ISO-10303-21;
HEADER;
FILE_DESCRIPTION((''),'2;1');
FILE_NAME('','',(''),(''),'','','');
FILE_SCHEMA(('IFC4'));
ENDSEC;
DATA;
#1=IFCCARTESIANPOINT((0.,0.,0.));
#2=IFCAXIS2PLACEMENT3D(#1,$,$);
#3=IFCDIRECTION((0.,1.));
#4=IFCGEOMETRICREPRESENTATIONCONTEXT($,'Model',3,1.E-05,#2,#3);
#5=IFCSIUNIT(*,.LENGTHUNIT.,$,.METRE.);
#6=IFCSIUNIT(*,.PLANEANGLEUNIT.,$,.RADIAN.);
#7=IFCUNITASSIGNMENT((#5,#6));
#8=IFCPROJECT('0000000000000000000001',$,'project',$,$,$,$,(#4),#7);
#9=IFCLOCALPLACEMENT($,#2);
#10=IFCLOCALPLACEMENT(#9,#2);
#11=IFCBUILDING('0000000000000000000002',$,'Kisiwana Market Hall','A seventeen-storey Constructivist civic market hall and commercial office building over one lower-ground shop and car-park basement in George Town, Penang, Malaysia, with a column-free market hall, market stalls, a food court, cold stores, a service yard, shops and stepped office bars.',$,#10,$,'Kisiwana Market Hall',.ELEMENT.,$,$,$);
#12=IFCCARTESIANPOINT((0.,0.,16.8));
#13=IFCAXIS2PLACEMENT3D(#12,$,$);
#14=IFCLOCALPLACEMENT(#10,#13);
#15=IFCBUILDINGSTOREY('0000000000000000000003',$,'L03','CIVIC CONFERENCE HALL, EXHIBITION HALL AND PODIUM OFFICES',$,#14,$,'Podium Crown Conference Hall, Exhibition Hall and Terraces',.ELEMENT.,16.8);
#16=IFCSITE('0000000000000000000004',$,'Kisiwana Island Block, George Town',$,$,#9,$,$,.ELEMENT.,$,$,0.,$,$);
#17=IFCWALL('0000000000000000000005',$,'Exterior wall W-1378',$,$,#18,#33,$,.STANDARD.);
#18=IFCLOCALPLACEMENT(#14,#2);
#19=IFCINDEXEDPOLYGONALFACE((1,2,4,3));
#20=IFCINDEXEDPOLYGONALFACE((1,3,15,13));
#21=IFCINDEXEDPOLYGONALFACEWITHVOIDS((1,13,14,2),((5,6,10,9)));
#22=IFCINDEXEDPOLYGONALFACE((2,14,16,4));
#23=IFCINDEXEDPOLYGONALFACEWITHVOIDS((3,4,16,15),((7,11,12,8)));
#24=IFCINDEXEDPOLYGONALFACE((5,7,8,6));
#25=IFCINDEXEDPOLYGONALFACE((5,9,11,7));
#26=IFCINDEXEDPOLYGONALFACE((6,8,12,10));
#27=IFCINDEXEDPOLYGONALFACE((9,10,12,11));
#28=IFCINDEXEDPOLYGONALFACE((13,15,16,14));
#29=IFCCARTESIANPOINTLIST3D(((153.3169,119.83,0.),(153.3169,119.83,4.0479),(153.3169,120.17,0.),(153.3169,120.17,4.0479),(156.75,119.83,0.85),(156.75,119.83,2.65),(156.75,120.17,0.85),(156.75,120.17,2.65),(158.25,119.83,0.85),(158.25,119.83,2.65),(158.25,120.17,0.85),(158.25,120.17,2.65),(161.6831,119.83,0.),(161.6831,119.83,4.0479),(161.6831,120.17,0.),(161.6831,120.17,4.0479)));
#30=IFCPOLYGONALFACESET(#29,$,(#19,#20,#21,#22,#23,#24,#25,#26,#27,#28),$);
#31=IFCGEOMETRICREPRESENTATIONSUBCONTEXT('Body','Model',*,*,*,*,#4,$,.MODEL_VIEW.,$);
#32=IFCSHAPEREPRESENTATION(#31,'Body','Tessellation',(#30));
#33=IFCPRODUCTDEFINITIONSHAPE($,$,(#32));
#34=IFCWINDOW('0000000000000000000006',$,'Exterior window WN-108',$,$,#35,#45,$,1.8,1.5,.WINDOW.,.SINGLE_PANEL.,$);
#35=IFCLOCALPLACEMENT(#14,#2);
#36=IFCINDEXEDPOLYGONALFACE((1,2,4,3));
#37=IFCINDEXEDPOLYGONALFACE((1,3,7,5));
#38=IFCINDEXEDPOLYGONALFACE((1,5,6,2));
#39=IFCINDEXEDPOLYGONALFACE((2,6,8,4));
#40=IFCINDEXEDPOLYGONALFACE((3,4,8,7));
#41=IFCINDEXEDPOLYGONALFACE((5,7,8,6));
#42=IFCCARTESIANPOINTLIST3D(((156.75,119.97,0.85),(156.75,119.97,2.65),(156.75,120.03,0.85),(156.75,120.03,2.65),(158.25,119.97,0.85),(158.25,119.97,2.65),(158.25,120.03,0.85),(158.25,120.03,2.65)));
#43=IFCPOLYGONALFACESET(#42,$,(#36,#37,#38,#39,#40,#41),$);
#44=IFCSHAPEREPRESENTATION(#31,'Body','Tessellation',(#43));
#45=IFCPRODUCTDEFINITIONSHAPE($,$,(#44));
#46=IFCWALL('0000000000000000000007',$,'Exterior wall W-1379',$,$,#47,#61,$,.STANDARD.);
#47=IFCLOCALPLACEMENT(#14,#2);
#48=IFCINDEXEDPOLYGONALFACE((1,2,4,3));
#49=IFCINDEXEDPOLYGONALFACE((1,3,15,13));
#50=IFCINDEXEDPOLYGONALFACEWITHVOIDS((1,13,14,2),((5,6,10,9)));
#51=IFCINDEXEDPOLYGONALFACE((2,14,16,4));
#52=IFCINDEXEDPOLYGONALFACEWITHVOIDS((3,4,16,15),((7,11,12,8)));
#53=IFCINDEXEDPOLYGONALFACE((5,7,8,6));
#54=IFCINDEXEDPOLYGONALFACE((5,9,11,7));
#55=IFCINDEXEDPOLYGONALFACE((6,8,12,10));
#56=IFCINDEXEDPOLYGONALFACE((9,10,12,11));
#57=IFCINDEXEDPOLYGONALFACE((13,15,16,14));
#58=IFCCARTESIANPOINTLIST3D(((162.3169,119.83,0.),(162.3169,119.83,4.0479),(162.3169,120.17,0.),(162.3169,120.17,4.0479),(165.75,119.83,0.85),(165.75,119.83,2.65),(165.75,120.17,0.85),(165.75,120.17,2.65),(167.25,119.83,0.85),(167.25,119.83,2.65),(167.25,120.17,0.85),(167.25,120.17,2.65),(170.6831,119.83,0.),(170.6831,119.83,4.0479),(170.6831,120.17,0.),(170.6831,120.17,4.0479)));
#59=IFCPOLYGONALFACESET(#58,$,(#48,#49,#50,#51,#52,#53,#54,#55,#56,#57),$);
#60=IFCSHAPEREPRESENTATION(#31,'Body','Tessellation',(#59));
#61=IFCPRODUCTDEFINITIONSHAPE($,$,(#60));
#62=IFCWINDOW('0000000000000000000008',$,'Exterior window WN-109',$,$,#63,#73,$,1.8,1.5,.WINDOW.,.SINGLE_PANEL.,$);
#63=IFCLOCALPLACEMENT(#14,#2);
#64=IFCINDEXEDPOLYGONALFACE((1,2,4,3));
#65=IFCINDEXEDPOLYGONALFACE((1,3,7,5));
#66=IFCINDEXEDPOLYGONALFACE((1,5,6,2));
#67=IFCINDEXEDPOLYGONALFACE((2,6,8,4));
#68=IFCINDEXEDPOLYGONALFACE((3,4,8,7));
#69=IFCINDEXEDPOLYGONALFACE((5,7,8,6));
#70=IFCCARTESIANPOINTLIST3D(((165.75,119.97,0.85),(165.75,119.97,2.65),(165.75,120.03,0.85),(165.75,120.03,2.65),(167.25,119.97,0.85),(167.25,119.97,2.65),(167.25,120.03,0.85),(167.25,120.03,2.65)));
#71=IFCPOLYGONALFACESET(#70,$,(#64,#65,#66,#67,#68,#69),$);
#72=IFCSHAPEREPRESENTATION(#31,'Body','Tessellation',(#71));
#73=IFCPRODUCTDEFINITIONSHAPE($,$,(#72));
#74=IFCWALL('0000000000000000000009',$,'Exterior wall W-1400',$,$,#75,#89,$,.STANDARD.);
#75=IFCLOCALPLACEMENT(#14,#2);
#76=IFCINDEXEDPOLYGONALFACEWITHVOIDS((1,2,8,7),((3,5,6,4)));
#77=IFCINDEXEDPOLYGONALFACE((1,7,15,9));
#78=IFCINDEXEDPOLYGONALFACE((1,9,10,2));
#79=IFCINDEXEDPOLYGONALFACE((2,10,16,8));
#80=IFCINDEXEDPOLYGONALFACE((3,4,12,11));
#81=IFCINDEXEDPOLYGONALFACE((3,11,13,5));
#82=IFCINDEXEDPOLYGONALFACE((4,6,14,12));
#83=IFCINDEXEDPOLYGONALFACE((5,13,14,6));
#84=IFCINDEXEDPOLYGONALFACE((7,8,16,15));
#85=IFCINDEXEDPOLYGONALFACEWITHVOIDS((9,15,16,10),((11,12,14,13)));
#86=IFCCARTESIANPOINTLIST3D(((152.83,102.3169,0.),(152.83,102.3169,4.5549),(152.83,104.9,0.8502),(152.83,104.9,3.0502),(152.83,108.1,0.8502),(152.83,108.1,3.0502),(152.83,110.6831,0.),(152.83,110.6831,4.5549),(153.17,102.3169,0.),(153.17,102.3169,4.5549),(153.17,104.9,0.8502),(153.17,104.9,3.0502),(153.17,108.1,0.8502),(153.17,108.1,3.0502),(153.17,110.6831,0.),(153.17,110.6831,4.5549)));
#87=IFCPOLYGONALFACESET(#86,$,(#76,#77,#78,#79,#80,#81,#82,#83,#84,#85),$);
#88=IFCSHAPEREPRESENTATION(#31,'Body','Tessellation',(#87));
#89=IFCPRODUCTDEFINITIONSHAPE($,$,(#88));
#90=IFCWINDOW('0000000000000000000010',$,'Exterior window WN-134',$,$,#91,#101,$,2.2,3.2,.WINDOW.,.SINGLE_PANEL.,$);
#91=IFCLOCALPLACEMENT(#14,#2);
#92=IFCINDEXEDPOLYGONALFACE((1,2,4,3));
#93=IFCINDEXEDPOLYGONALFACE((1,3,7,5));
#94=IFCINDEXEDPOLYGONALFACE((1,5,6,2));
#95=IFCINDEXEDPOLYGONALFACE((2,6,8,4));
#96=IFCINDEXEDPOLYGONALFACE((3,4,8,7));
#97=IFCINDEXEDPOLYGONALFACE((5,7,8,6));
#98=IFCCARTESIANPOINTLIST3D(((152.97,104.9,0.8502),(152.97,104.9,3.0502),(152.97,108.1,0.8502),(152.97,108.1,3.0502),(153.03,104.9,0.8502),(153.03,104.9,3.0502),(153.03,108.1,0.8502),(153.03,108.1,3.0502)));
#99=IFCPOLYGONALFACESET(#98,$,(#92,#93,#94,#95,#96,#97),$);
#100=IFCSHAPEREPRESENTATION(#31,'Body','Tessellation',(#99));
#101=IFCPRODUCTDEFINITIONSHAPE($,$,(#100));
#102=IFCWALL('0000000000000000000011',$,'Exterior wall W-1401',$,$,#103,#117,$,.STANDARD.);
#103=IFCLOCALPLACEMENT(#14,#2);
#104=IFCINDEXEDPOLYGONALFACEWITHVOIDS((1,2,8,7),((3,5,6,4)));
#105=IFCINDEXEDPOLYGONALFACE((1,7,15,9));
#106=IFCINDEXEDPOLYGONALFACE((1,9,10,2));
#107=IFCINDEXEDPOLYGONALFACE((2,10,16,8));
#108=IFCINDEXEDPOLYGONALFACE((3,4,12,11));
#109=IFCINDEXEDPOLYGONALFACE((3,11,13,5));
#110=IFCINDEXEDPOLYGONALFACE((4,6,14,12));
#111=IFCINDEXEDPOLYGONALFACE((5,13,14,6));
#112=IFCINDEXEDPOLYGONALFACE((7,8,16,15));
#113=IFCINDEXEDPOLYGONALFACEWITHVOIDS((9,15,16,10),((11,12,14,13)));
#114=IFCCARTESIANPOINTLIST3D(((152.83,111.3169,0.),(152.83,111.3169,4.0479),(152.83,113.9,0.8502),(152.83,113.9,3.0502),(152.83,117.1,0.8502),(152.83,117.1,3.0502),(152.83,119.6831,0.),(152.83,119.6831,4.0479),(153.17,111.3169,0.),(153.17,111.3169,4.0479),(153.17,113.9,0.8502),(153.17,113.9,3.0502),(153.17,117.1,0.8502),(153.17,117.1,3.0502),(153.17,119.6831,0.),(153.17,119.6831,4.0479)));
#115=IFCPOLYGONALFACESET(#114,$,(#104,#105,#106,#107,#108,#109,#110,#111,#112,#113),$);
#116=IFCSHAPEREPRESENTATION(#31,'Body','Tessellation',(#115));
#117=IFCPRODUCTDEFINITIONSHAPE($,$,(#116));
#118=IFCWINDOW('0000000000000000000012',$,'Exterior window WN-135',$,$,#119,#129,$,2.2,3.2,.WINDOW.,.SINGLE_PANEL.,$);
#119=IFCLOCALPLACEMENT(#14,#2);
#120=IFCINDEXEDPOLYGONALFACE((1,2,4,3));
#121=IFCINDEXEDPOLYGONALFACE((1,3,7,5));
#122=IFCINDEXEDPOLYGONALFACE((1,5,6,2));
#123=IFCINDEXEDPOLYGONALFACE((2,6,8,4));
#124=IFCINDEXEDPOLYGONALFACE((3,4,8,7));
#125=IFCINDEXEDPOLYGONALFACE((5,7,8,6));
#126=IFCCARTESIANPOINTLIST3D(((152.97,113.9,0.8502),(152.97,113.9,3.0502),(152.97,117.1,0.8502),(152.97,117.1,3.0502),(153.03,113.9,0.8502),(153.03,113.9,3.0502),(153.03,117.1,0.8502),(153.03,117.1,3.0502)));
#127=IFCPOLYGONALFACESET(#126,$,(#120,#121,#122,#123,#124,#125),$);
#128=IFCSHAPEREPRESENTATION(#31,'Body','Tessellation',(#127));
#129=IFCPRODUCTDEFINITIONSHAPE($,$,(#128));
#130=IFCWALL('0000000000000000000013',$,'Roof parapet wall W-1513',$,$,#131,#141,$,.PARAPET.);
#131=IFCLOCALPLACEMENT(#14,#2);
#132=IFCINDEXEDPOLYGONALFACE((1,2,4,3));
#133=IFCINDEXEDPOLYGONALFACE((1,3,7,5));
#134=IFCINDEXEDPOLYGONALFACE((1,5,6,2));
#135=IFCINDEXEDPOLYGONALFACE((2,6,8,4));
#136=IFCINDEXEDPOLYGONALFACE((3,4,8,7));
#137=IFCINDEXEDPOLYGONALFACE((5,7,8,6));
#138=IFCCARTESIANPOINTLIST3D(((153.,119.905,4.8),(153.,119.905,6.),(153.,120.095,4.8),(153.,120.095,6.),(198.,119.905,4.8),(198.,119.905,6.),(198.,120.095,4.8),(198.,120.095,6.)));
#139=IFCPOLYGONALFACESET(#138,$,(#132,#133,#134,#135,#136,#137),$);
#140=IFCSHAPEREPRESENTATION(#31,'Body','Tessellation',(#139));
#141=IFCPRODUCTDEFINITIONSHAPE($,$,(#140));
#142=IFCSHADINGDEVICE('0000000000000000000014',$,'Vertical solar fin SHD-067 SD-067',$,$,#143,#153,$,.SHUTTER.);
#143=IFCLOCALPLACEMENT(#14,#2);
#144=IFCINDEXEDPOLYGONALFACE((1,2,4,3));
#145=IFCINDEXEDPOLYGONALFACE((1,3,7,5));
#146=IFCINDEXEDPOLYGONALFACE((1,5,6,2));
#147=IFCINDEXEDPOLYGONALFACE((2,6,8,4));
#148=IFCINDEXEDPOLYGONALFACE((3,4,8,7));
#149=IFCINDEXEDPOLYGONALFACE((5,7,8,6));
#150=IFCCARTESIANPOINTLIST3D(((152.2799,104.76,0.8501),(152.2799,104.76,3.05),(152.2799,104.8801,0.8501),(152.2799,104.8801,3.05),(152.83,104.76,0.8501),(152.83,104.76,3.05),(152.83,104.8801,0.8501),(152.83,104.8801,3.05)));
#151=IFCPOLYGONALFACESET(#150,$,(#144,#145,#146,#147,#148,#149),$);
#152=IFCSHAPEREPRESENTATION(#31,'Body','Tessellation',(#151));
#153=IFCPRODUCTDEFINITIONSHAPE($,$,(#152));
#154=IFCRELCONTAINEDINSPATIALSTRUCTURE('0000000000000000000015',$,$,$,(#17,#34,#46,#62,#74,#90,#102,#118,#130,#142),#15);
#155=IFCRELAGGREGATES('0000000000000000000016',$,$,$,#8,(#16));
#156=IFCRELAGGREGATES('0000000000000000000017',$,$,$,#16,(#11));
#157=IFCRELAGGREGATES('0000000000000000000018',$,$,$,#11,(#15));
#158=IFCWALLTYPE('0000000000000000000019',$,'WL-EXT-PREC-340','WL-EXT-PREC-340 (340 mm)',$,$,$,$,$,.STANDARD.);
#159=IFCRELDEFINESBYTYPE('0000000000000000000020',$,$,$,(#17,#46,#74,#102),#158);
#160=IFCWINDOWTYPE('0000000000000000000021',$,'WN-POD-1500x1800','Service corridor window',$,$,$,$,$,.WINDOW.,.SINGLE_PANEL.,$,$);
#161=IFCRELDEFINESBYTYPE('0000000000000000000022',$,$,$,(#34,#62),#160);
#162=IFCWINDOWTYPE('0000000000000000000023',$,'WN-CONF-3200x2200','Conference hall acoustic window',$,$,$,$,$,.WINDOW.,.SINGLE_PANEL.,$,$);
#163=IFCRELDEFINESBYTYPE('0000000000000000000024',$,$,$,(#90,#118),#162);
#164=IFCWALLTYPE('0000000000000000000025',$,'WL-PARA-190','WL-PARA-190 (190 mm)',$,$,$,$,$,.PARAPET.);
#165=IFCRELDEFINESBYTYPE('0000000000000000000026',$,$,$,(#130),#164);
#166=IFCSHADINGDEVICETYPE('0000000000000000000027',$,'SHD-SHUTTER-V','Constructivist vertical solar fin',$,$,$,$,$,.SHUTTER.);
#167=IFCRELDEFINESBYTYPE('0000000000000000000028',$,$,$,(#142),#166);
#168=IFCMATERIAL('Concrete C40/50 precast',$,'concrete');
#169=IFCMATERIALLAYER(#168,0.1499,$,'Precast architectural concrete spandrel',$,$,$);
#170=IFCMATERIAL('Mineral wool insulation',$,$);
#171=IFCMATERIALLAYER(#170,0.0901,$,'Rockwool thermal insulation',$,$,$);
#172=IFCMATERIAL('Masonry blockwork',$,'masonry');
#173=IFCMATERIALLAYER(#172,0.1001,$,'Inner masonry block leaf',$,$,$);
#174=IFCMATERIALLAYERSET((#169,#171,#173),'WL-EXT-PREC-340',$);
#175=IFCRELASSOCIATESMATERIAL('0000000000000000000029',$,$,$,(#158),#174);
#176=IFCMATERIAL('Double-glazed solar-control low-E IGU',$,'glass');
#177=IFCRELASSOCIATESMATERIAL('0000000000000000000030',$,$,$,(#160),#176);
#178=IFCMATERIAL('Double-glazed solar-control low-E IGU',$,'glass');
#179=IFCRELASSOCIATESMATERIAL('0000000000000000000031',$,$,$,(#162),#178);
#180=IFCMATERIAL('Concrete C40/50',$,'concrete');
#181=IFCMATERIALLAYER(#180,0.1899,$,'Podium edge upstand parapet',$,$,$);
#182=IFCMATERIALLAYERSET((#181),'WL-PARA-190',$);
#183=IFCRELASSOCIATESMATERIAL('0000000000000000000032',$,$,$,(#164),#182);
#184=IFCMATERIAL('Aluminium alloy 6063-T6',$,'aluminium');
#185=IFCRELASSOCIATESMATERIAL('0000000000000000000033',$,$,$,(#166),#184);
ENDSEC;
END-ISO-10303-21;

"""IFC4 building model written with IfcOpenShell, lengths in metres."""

from ifc_helpers import new_model, si_unit, direction, frame, frame_2d, origin, origin_2d, place, context, subcontext, project, spatial, rectangle, extrude, material, layer, layer_set, type_object, element, fill, save


model = new_model("IFC4")

# Units and contexts
model_context = context("Model", 3, precision=1e-05, world=origin(), true_north=direction((0.0, 1.0)))
body_context = subcontext(model_context, "Body", "Model", "MODEL_VIEW")
ifc_project = project(units=[si_unit("LENGTHUNIT", "METRE"), si_unit("PLANEANGLEUNIT", "RADIAN")], contexts=[model_context])

# Site, building, storey
site_placement = place(None, origin())
site = spatial("IfcSite", under=ifc_project, at=site_placement, Name="Kisiwana Island Block, George Town", CompositionType="ELEMENT", RefElevation=0.0)
building_placement = place(site_placement, origin())
building = spatial("IfcBuilding", under=site, at=building_placement, Name="Kisiwana Market Hall", Description="A seventeen-storey Constructivist civic market hall and commercial office building over one lower-ground shop and car-park basement in George Town, Penang, Malaysia, with a column-free market hall, market stalls, a food court, cold stores, a service yard, shops and stepped office bars.", LongName="Kisiwana Market Hall", CompositionType="ELEMENT")
storey_placement = place(building_placement, frame((0.0, 0.0, 16.8)))
storey = spatial("IfcBuildingStorey", under=building, at=storey_placement, Name="L03", Description="CIVIC CONFERENCE HALL, EXHIBITION HALL AND PODIUM OFFICES", LongName="Podium Crown Conference Hall, Exhibition Hall and Terraces", CompositionType="ELEMENT", Elevation=16.8)

# Walls, openings, windows
ifc_material_1 = material(Name="Concrete C40/50 precast", Category="concrete")
ifc_layer_1 = layer(ifc_material_1, 0.1499, Name="Precast architectural concrete spandrel")
ifc_material_2 = material(Name="Mineral wool insulation")
ifc_layer_2 = layer(ifc_material_2, 0.0901, Name="Rockwool thermal insulation")
ifc_material_3 = material(Name="Masonry blockwork", Category="masonry")
ifc_layer_3 = layer(ifc_material_3, 0.1001, Name="Inner masonry block leaf")
ifc_layer_set_1 = layer_set([ifc_layer_1, ifc_layer_2, ifc_layer_3], Name="WL-EXT-PREC-340")
wall_type_1 = type_object("IfcWallType", Name="WL-EXT-PREC-340", Description="WL-EXT-PREC-340 (340 mm)", PredefinedType="STANDARD", material=ifc_layer_set_1)
wall_1_placement = place(storey_placement, frame((153.3169, 120.0, 0.0), z_axis=(0.0, 0.0, 1.0), x_axis=(1.0, 0.0, 0.0)))
wall_1 = element("IfcWall", 1, at=wall_1_placement, inside=storey, type_object=wall_type_1, Name="Exterior wall W-1378", PredefinedType="STANDARD", context=body_context, shape_type="SweptSolid", body=[
    extrude(rectangle(XDim=8.3662, YDim=0.3401, at=frame_2d((4.1831, 0.0))), origin(), (0.0, 0.0, 1.0), 4.0479),
])
opening_1_placement = place(wall_1_placement, frame((3.4331, 0.0, 0.8501)))
opening_1 = element("IfcOpeningElement", 2, at=opening_1_placement, cuts=wall_1, PredefinedType="OPENING", context=body_context, shape_type="SweptSolid", body=[
    extrude(rectangle(XDim=1.5, YDim=1.8, at=frame_2d((0.75, 0.8999))), frame((0.0, 0.1821, 0.0), z_axis=(0.0, -1.0, 0.0), x_axis=(1.0, 0.0, 0.0)), (0.0, 0.0, 1.0), 0.364),
])
ifc_material_4 = material(Name="Double-glazed solar-control low-E IGU", Category="glass")
window_type_1 = type_object("IfcWindowType", Name="WN-POD-1500x1800", Description="Service corridor window", PartitioningType="SINGLE_PANEL", PredefinedType="WINDOW", material=ifc_material_4)
window_1_placement = place(opening_1_placement, origin())
window_1 = element("IfcWindow", 3, at=window_1_placement, inside=storey, type_object=window_type_1, Name="Exterior window WN-108", OverallHeight=1.8, OverallWidth=1.5, PartitioningType="SINGLE_PANEL", PredefinedType="WINDOW", context=body_context, shape_type="SweptSolid", body=[
    extrude(rectangle(XDim=1.5, YDim=1.8, at=frame_2d((0.75, 0.8999))), frame((0.0, 0.03, 0.0), z_axis=(0.0, -1.0, 0.0), x_axis=(1.0, 0.0, 0.0)), (0.0, 0.0, 1.0), 0.0601),
])
fill(opening_1, window_1)
wall_2_placement = place(storey_placement, frame((162.3169, 120.0, 0.0), z_axis=(0.0, 0.0, 1.0), x_axis=(1.0, 0.0, 0.0)))
wall_2 = element("IfcWall", 4, at=wall_2_placement, inside=storey, type_object=wall_type_1, Name="Exterior wall W-1379", PredefinedType="STANDARD", context=body_context, shape_type="SweptSolid", body=[
    extrude(rectangle(XDim=8.3662, YDim=0.3401, at=frame_2d((4.1831, 0.0))), origin(), (0.0, 0.0, 1.0), 4.0479),
])
opening_2_placement = place(wall_2_placement, frame((3.4331, 0.0, 0.8501)))
opening_2 = element("IfcOpeningElement", 5, at=opening_2_placement, cuts=wall_2, PredefinedType="OPENING", context=body_context, shape_type="SweptSolid", body=[
    extrude(rectangle(XDim=1.5, YDim=1.8, at=frame_2d((0.75, 0.8999))), frame((0.0, 0.1821, 0.0), z_axis=(0.0, -1.0, 0.0), x_axis=(1.0, 0.0, 0.0)), (0.0, 0.0, 1.0), 0.364),
])
window_2_placement = place(opening_2_placement, origin())
window_2 = element("IfcWindow", 6, at=window_2_placement, inside=storey, type_object=window_type_1, Name="Exterior window WN-109", OverallHeight=1.8, OverallWidth=1.5, PartitioningType="SINGLE_PANEL", PredefinedType="WINDOW", context=body_context, shape_type="SweptSolid", body=[
    extrude(rectangle(XDim=1.5, YDim=1.8, at=frame_2d((0.75, 0.8999))), frame((0.0, 0.03, 0.0), z_axis=(0.0, -1.0, 0.0), x_axis=(1.0, 0.0, 0.0)), (0.0, 0.0, 1.0), 0.0601),
])
fill(opening_2, window_2)
wall_3_placement = place(storey_placement, frame((153.0, 102.3169, 0.0), z_axis=(0.0, 0.0, 1.0), x_axis=(0.0, 1.0, 0.0)))
wall_3 = element("IfcWall", 7, at=wall_3_placement, inside=storey, type_object=wall_type_1, Name="Exterior wall W-1400", PredefinedType="STANDARD", context=body_context, shape_type="SweptSolid", body=[
    extrude(rectangle(XDim=8.3662, YDim=0.3401, at=frame_2d((4.1831, 0.0))), origin(), (0.0, 0.0, 1.0), 4.5549),
])
opening_3_placement = place(wall_3_placement, frame((2.583, 0.0, 0.8501)))
opening_3 = element("IfcOpeningElement", 8, at=opening_3_placement, cuts=wall_3, PredefinedType="OPENING", context=body_context, shape_type="SweptSolid", body=[
    extrude(rectangle(XDim=3.2, YDim=2.2, at=frame_2d((1.6001, 1.1001))), frame((0.0, 0.1821, 0.0), z_axis=(0.0, -1.0, 0.0), x_axis=(1.0, 0.0, 0.0)), (0.0, 0.0, 1.0), 0.364),
])
ifc_material_5 = material(Name="Double-glazed solar-control low-E IGU", Category="glass")
window_type_2 = type_object("IfcWindowType", Name="WN-CONF-3200x2200", Description="Conference hall acoustic window", PartitioningType="SINGLE_PANEL", PredefinedType="WINDOW", material=ifc_material_5)
window_3_placement = place(opening_3_placement, origin())
window_3 = element("IfcWindow", 9, at=window_3_placement, inside=storey, type_object=window_type_2, Name="Exterior window WN-134", OverallHeight=2.2, OverallWidth=3.2, PartitioningType="SINGLE_PANEL", PredefinedType="WINDOW", context=body_context, shape_type="SweptSolid", body=[
    extrude(rectangle(XDim=3.2, YDim=2.2, at=frame_2d((1.6001, 1.1001))), frame((0.0, 0.03, 0.0), z_axis=(0.0, -1.0, 0.0), x_axis=(1.0, 0.0, 0.0)), (0.0, 0.0, 1.0), 0.0601),
])
fill(opening_3, window_3)
wall_4_placement = place(storey_placement, frame((153.0, 111.3169, 0.0), z_axis=(0.0, 0.0, 1.0), x_axis=(0.0, 1.0, 0.0)))
wall_4 = element("IfcWall", 10, at=wall_4_placement, inside=storey, type_object=wall_type_1, Name="Exterior wall W-1401", PredefinedType="STANDARD", context=body_context, shape_type="SweptSolid", body=[
    extrude(rectangle(XDim=8.3662, YDim=0.3401, at=frame_2d((4.1831, 0.0))), origin(), (0.0, 0.0, 1.0), 4.0479),
])
opening_4_placement = place(wall_4_placement, frame((2.583, 0.0, 0.8501)))
opening_4 = element("IfcOpeningElement", 11, at=opening_4_placement, cuts=wall_4, PredefinedType="OPENING", context=body_context, shape_type="SweptSolid", body=[
    extrude(rectangle(XDim=3.2, YDim=2.2, at=frame_2d((1.6001, 1.1001))), frame((0.0, 0.1821, 0.0), z_axis=(0.0, -1.0, 0.0), x_axis=(1.0, 0.0, 0.0)), (0.0, 0.0, 1.0), 0.364),
])
window_4_placement = place(opening_4_placement, origin())
window_4 = element("IfcWindow", 12, at=window_4_placement, inside=storey, type_object=window_type_2, Name="Exterior window WN-135", OverallHeight=2.2, OverallWidth=3.2, PartitioningType="SINGLE_PANEL", PredefinedType="WINDOW", context=body_context, shape_type="SweptSolid", body=[
    extrude(rectangle(XDim=3.2, YDim=2.2, at=frame_2d((1.6001, 1.1001))), frame((0.0, 0.03, 0.0), z_axis=(0.0, -1.0, 0.0), x_axis=(1.0, 0.0, 0.0)), (0.0, 0.0, 1.0), 0.0601),
])
fill(opening_4, window_4)

# Wall
ifc_material_6 = material(Name="Concrete C40/50", Category="concrete")
ifc_layer_4 = layer(ifc_material_6, 0.1899, Name="Podium edge upstand parapet")
ifc_layer_set_2 = layer_set([ifc_layer_4], Name="WL-PARA-190")
wall_type_2 = type_object("IfcWallType", Name="WL-PARA-190", Description="WL-PARA-190 (190 mm)", PredefinedType="PARAPET", material=ifc_layer_set_2)
wall_5_placement = place(storey_placement, frame((153.0, 120.0, 4.8), z_axis=(0.0, 0.0, 1.0), x_axis=(1.0, 0.0, 0.0)))
element("IfcWall", 13, at=wall_5_placement, inside=storey, type_object=wall_type_2, Name="Roof parapet wall W-1513", PredefinedType="PARAPET", context=body_context, shape_type="SweptSolid", body=[
    extrude(rectangle(XDim=45.0, YDim=0.1899, at=frame_2d((22.5, 0.0))), origin(), (0.0, 0.0, 1.0), 1.2),
])

# Shading device
ifc_material_7 = material(Name="Aluminium alloy 6063-T6", Category="aluminium")
shading_device_type = type_object("IfcShadingDeviceType", Name="SHD-SHUTTER-V", Description="Constructivist vertical solar fin", PredefinedType="SHUTTER", material=ifc_material_7)
shading_device_placement = place(storey_placement, frame((152.5549, 104.8201, 0.8501), z_axis=(0.0, 0.0, 1.0), x_axis=(0.0, 1.0, 0.0)))
element("IfcShadingDevice", 14, at=shading_device_placement, inside=storey, type_object=shading_device_type, Name="Vertical solar fin SHD-067 SD-067", PredefinedType="SHUTTER", context=body_context, shape_type="SweptSolid", body=[
    extrude(rectangle(XDim=0.1201, YDim=0.55, at=origin_2d()), origin(), (0.0, 0.0, 1.0), 2.2),
])

save(model, "model.ifc")
